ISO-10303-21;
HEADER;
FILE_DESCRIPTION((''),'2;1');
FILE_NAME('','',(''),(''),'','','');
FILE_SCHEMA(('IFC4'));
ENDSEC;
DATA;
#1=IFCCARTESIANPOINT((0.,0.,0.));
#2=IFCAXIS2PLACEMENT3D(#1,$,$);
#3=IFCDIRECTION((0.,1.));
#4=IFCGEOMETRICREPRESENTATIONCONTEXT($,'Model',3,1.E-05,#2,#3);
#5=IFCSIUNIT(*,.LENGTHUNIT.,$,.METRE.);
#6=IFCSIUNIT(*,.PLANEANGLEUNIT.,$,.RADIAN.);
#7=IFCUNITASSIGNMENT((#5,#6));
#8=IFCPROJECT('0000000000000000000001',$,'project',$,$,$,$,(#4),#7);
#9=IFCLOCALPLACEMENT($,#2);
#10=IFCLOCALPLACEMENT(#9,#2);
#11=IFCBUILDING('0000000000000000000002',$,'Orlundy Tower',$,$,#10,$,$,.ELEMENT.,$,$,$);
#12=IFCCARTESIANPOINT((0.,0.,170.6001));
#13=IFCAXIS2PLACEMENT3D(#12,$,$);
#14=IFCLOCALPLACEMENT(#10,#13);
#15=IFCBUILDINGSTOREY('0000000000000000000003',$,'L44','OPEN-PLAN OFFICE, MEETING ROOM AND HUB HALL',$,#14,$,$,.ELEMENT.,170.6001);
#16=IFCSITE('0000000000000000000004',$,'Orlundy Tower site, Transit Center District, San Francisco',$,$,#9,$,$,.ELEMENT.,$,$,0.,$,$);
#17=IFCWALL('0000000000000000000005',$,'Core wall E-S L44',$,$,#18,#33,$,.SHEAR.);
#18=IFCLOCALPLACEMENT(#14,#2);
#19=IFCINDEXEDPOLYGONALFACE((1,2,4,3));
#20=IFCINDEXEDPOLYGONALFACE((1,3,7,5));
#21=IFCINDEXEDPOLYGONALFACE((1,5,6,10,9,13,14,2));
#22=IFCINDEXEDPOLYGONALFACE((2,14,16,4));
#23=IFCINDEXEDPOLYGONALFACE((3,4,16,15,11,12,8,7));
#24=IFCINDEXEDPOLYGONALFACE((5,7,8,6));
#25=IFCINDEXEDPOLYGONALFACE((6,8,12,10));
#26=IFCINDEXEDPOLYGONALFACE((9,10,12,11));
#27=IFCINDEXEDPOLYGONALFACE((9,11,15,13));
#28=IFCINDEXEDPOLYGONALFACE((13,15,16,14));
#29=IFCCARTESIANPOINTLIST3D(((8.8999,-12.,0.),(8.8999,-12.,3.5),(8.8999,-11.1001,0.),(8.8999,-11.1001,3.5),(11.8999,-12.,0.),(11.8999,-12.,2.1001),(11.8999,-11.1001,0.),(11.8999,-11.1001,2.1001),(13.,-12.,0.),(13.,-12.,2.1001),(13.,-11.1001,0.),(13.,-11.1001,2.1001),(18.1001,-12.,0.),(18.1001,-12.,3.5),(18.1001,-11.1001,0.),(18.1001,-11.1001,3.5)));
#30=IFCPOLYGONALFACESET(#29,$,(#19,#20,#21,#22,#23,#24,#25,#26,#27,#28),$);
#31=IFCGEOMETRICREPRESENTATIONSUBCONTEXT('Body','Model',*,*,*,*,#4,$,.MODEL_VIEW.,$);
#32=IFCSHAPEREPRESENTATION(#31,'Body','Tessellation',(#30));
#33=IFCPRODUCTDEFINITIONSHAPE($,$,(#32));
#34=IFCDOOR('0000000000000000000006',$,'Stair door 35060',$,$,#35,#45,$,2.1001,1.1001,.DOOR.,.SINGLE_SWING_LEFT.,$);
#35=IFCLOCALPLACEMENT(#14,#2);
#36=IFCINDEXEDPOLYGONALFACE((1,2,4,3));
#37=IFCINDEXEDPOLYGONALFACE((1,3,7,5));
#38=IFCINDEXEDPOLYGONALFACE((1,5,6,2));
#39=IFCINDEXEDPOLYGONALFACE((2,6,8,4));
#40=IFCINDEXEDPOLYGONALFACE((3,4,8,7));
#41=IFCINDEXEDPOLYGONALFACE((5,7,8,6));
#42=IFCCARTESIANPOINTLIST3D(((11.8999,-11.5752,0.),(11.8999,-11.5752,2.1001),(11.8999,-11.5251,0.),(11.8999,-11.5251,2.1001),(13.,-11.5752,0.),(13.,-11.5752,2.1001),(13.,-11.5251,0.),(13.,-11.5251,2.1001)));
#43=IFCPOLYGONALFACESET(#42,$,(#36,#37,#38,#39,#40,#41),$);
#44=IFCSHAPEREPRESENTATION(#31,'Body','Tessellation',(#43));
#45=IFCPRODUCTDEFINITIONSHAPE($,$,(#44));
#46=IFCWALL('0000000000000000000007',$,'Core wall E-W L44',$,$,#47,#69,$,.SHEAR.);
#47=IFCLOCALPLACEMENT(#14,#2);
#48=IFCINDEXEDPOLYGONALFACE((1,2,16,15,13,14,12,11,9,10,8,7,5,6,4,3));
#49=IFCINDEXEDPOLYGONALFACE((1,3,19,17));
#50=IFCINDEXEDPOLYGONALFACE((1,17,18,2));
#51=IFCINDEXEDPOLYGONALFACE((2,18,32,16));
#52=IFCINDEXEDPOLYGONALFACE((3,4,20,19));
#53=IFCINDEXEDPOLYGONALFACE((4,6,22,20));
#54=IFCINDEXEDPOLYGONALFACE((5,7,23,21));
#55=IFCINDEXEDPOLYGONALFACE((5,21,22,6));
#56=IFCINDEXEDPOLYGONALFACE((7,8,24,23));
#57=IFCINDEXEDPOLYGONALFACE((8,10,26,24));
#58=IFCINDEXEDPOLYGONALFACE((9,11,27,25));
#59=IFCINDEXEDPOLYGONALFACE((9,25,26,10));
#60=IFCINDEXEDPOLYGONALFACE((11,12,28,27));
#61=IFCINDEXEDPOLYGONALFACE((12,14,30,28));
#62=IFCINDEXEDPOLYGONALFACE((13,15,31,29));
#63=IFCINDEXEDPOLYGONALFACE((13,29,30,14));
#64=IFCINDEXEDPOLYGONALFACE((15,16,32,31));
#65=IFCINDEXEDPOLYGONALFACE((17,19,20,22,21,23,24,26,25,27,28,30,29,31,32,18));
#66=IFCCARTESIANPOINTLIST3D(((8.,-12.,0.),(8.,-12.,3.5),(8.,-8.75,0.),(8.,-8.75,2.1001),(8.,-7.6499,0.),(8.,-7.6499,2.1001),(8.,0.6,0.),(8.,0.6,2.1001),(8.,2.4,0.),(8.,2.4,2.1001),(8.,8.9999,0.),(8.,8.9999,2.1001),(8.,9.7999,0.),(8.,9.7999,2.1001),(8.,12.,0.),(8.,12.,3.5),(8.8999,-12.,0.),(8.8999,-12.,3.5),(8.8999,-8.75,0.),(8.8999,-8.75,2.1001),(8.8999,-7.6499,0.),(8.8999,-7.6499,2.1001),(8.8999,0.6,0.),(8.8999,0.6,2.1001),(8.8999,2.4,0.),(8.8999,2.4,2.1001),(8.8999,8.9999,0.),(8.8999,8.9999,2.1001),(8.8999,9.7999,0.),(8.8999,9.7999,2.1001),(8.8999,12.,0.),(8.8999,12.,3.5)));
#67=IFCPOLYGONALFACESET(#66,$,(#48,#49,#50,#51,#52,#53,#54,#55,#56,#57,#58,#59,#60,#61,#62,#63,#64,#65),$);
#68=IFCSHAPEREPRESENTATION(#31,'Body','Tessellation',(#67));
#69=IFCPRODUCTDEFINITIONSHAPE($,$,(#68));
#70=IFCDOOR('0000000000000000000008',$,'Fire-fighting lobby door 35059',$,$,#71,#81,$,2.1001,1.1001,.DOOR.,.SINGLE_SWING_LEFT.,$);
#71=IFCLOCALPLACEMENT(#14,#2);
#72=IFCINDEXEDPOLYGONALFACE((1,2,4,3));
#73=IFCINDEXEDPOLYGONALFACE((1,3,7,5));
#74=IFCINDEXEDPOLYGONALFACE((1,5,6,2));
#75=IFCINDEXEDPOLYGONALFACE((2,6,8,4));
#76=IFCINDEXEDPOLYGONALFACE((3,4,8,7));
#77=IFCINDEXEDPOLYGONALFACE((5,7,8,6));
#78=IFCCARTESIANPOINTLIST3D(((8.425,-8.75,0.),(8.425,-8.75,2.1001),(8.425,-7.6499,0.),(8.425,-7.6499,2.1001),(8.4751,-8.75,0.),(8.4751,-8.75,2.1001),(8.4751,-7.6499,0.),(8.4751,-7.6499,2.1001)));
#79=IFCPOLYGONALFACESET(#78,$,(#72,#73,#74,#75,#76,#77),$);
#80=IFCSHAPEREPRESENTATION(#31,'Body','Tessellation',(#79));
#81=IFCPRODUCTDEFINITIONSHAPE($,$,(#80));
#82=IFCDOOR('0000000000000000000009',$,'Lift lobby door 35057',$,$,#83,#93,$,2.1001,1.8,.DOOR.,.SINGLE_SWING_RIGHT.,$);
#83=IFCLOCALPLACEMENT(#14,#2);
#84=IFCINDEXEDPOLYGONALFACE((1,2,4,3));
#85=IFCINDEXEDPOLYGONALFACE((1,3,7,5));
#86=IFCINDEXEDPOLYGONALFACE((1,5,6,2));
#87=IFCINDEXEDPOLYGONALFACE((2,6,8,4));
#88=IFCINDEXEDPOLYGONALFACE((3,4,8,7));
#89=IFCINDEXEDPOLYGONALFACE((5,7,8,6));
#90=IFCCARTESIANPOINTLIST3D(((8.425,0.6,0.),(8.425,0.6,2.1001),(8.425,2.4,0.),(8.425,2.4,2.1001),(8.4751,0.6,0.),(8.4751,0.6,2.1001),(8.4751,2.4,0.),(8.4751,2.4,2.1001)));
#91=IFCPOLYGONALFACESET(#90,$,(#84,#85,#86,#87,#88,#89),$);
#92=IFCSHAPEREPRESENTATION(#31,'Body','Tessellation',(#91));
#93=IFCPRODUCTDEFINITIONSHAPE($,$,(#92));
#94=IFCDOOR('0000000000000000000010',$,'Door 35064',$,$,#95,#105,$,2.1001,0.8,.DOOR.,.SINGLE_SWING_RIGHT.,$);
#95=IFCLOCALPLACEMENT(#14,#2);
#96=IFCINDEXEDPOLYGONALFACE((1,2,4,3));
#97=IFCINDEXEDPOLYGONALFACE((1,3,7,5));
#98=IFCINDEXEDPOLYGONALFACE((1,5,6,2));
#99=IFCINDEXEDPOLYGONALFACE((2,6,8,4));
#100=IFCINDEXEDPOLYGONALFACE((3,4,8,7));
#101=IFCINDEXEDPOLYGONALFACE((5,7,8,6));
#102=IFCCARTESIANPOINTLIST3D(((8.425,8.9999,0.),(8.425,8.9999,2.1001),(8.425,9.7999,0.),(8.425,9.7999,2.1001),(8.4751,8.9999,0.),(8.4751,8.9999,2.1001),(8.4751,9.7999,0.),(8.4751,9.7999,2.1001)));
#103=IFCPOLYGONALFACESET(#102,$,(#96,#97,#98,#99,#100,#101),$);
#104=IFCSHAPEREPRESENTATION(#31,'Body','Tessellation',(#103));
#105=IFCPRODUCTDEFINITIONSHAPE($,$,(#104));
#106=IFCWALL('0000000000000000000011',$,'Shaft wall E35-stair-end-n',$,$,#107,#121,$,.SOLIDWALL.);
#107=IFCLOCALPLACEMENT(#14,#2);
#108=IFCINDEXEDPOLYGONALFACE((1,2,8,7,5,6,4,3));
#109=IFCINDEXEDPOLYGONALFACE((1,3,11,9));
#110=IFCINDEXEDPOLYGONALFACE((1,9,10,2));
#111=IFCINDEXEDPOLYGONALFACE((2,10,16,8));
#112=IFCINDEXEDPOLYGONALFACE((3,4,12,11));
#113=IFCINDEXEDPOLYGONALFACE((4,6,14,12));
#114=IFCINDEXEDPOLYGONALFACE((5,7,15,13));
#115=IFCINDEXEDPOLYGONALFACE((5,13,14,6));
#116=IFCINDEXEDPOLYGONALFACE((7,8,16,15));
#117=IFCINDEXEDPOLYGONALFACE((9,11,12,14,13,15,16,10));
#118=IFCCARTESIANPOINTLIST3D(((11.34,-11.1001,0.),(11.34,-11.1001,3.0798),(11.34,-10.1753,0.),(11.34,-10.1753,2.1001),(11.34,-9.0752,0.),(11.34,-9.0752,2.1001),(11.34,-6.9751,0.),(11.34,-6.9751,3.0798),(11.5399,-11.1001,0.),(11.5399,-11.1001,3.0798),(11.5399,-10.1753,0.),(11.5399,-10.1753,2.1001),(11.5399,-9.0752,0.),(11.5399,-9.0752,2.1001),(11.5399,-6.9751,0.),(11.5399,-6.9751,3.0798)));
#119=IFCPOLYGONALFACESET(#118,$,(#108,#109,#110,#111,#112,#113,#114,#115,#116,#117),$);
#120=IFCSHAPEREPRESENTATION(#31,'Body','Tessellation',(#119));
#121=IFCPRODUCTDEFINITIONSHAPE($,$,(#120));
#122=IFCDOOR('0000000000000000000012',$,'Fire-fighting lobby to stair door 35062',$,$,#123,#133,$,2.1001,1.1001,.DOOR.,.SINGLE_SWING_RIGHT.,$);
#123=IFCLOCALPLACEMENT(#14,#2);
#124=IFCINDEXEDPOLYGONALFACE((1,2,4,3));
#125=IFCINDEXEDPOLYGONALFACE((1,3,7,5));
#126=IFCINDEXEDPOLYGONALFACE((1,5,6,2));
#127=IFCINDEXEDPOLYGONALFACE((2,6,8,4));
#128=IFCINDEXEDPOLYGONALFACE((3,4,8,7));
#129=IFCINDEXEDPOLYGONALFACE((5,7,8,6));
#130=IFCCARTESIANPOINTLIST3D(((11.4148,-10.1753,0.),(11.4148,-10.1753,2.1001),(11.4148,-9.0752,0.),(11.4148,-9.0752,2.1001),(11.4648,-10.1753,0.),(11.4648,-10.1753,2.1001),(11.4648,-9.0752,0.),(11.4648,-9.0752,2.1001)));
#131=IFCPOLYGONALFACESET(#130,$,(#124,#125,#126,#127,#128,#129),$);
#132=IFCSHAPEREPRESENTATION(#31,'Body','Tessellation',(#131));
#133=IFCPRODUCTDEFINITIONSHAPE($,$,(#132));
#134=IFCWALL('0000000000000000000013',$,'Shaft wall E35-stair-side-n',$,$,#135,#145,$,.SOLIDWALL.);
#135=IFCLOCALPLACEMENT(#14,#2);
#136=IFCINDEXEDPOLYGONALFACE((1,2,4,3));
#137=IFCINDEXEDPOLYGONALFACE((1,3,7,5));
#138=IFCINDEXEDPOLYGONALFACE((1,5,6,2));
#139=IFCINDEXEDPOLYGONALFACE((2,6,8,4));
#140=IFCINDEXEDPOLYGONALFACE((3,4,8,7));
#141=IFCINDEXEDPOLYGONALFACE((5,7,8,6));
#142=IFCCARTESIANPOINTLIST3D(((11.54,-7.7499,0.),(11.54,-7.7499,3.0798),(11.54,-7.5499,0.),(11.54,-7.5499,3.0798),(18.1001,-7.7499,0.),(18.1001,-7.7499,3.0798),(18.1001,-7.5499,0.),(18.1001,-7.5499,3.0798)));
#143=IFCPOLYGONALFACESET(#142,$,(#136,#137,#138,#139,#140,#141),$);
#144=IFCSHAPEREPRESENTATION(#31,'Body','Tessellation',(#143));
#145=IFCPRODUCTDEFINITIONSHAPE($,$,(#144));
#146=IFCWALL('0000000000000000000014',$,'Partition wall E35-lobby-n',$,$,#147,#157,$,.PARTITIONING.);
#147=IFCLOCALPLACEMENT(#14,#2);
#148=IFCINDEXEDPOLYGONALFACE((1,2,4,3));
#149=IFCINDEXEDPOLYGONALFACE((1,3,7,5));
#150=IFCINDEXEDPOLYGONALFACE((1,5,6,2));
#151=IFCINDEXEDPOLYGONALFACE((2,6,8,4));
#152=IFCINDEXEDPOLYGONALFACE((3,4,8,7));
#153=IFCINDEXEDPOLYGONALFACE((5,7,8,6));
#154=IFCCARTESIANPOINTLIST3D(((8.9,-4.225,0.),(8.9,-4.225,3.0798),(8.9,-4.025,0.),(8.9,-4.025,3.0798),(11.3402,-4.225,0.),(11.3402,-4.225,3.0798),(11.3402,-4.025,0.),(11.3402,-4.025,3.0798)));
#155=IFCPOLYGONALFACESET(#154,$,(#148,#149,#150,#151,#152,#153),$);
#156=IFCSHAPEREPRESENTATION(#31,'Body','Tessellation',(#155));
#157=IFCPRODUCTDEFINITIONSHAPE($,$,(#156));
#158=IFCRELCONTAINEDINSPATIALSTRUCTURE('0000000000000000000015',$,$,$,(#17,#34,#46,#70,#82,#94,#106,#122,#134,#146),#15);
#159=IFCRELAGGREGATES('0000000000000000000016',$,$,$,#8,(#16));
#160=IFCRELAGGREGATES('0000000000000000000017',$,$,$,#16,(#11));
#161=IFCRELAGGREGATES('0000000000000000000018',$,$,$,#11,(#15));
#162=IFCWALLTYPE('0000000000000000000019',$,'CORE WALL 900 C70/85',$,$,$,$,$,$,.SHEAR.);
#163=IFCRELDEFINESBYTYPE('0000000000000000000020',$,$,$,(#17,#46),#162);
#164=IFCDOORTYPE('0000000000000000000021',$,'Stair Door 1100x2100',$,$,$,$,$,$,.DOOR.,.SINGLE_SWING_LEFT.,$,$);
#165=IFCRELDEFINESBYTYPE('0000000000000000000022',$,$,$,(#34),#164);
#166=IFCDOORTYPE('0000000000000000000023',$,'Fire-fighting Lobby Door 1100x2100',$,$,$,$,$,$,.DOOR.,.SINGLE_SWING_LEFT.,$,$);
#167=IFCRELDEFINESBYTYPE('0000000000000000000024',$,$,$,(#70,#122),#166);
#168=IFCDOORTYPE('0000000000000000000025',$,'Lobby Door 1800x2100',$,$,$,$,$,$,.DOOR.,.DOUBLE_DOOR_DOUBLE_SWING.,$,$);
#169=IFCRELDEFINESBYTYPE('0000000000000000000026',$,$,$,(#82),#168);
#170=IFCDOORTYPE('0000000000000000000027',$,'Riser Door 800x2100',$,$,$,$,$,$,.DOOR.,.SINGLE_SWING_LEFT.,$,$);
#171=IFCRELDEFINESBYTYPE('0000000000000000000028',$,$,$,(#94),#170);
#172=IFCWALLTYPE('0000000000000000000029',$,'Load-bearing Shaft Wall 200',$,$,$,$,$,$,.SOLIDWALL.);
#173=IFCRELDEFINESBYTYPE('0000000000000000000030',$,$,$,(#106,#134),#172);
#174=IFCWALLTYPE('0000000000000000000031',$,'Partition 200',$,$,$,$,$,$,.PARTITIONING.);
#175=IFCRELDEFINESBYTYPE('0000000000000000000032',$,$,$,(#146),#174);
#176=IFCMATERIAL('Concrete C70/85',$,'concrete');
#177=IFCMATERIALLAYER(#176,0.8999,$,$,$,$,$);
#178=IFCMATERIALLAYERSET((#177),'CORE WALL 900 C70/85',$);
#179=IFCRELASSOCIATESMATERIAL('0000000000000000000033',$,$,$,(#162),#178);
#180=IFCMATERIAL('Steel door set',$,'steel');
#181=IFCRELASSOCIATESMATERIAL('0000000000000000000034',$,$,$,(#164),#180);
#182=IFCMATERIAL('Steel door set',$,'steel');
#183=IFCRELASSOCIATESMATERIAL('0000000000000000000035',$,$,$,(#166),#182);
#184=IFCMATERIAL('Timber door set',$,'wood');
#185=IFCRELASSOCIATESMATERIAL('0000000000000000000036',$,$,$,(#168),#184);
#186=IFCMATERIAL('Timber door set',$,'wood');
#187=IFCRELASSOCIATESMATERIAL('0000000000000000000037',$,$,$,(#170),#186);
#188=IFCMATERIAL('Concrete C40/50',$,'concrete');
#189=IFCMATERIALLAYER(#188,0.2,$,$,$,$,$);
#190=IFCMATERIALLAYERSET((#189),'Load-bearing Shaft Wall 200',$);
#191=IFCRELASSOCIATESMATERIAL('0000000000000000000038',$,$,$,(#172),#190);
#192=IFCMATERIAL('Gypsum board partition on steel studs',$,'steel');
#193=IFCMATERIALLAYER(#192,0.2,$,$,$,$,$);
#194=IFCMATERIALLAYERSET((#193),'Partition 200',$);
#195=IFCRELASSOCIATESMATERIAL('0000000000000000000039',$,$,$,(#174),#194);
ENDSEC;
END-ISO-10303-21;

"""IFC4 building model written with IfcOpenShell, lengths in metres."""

from ifc_helpers import new_model, si_unit, direction, frame, frame_2d, origin, place, context, subcontext, project, spatial, rectangle, extrude, material, layer, layer_set, type_object, element, fill, save


model = new_model("IFC4")

# Units and contexts
model_context = context("Model", 3, precision=1e-05, world=origin(), true_north=direction((0.0, 1.0)))
body_context = subcontext(model_context, "Body", "Model", "MODEL_VIEW")
ifc_project = project(units=[si_unit("LENGTHUNIT", "METRE"), si_unit("PLANEANGLEUNIT", "RADIAN")], contexts=[model_context])

# Site, building, storey
site_placement = place(None, origin())
site = spatial("IfcSite", under=ifc_project, at=site_placement, Name="Orlundy Tower site, Transit Center District, San Francisco", CompositionType="ELEMENT", RefElevation=0.0)
building_placement = place(site_placement, origin())
building = spatial("IfcBuilding", under=site, at=building_placement, Name="Orlundy Tower", CompositionType="ELEMENT")
storey_placement = place(building_placement, frame((0.0, 0.0, 170.6001)))
storey = spatial("IfcBuildingStorey", under=building, at=storey_placement, Name="L44", Description="OPEN-PLAN OFFICE, MEETING ROOM AND HUB HALL", CompositionType="ELEMENT", Elevation=170.6001)

# Wall, opening, door
ifc_material_1 = material(Name="Concrete C70/85", Category="concrete")
ifc_layer_1 = layer(ifc_material_1, 0.8999)
ifc_layer_set_1 = layer_set([ifc_layer_1], Name="CORE WALL 900 C70/85")
wall_type_1 = type_object("IfcWallType", Name="CORE WALL 900 C70/85", PredefinedType="SHEAR", material=ifc_layer_set_1)
wall_1_placement = place(storey_placement, frame((8.8999, -11.55, 0.0), z_axis=(0.0, 0.0, 1.0), x_axis=(1.0, 0.0, 0.0)))
wall_1 = element("IfcWall", 1, at=wall_1_placement, inside=storey, type_object=wall_type_1, Name="Core wall E-S L44", PredefinedType="SHEAR", context=body_context, shape_type="SweptSolid", body=[
    extrude(rectangle(XDim=9.2002, YDim=0.8999, at=frame_2d((4.6001, 0.0))), origin(), (0.0, 0.0, 1.0), 3.5),
])
opening_1_placement = place(wall_1_placement, frame((3.0, 0.0, 0.0)))
opening_1 = element("IfcOpeningElement", 2, at=opening_1_placement, cuts=wall_1, PredefinedType="OPENING", context=body_context, shape_type="SweptSolid", body=[
    extrude(rectangle(XDim=1.1001, YDim=2.1001, at=frame_2d((0.55, 1.05))), frame((0.0, 0.46, 0.0), z_axis=(0.0, -1.0, 0.0), x_axis=(1.0, 0.0, 0.0)), (0.0, 0.0, 1.0), 0.9199),
])
ifc_material_2 = material(Name="Steel door set", Category="steel")
door_type_1 = type_object("IfcDoorType", Name="Stair Door 1100x2100", OperationType="SINGLE_SWING_LEFT", PredefinedType="DOOR", material=ifc_material_2)
door_1_placement = place(opening_1_placement, origin())
door_1 = element("IfcDoor", 3, at=door_1_placement, inside=storey, type_object=door_type_1, Name="Stair door 35060", OperationType="SINGLE_SWING_LEFT", OverallHeight=2.1001, OverallWidth=1.1001, PredefinedType="DOOR", context=body_context, shape_type="SweptSolid", body=[
    extrude(rectangle(XDim=1.1001, YDim=2.1001, at=frame_2d((0.55, 1.05))), frame((0.0, 0.0249, 0.0), z_axis=(0.0, -1.0, 0.0), x_axis=(1.0, 0.0, 0.0)), (0.0, 0.0, 1.0), 0.05),
])
fill(opening_1, door_1)

# Wall, openings, doors
wall_2_placement = place(storey_placement, frame((8.45, -12.0, 0.0), z_axis=(0.0, 0.0, 1.0), x_axis=(0.0, 1.0, 0.0)))
wall_2 = element("IfcWall", 4, at=wall_2_placement, inside=storey, type_object=wall_type_1, Name="Core wall E-W L44", PredefinedType="SHEAR", context=body_context, shape_type="SweptSolid", body=[
    extrude(rectangle(XDim=24.0, YDim=0.8999, at=frame_2d((12.0, 0.0))), origin(), (0.0, 0.0, 1.0), 3.5),
])
opening_2_placement = place(wall_2_placement, frame((12.6001, 0.0, 0.0)))
opening_2 = element("IfcOpeningElement", 5, at=opening_2_placement, cuts=wall_2, PredefinedType="OPENING", context=body_context, shape_type="SweptSolid", body=[
    extrude(rectangle(XDim=1.8, YDim=2.1001, at=frame_2d((0.8999, 1.05))), frame((0.0, 0.46, 0.0), z_axis=(0.0, -1.0, 0.0), x_axis=(1.0, 0.0, 0.0)), (0.0, 0.0, 1.0), 0.9199),
])
opening_3_placement = place(wall_2_placement, frame((3.25, 0.0, 0.0)))
opening_3 = element("IfcOpeningElement", 6, at=opening_3_placement, cuts=wall_2, PredefinedType="OPENING", context=body_context, shape_type="SweptSolid", body=[
    extrude(rectangle(XDim=1.1001, YDim=2.1001, at=frame_2d((0.55, 1.05))), frame((0.0, 0.46, 0.0), z_axis=(0.0, -1.0, 0.0), x_axis=(1.0, 0.0, 0.0)), (0.0, 0.0, 1.0), 0.9199),
])
opening_4_placement = place(wall_2_placement, frame((21.0, 0.0, 0.0)))
opening_4 = element("IfcOpeningElement", 7, at=opening_4_placement, cuts=wall_2, PredefinedType="OPENING", context=body_context, shape_type="SweptSolid", body=[
    extrude(rectangle(XDim=0.8, YDim=2.1001, at=frame_2d((0.3999, 1.05))), frame((0.0, 0.46, 0.0), z_axis=(0.0, -1.0, 0.0), x_axis=(1.0, 0.0, 0.0)), (0.0, 0.0, 1.0), 0.9199),
])
ifc_material_3 = material(Name="Steel door set", Category="steel")
door_type_2 = type_object("IfcDoorType", Name="Fire-fighting Lobby Door 1100x2100", OperationType="SINGLE_SWING_LEFT", PredefinedType="DOOR", material=ifc_material_3)
door_2_placement = place(opening_3_placement, origin())
door_2 = element("IfcDoor", 8, at=door_2_placement, inside=storey, type_object=door_type_2, Name="Fire-fighting lobby door 35059", OperationType="SINGLE_SWING_LEFT", OverallHeight=2.1001, OverallWidth=1.1001, PredefinedType="DOOR", context=body_context, shape_type="SweptSolid", body=[
    extrude(rectangle(XDim=1.1001, YDim=2.1001, at=frame_2d((0.55, 1.05))), frame((0.0, 0.0249, 0.0), z_axis=(0.0, -1.0, 0.0), x_axis=(1.0, 0.0, 0.0)), (0.0, 0.0, 1.0), 0.05),
])
fill(opening_3, door_2)
ifc_material_4 = material(Name="Timber door set", Category="wood")
door_type_3 = type_object("IfcDoorType", Name="Lobby Door 1800x2100", OperationType="DOUBLE_DOOR_DOUBLE_SWING", PredefinedType="DOOR", material=ifc_material_4)
door_3_placement = place(opening_2_placement, origin())
door_3 = element("IfcDoor", 9, at=door_3_placement, inside=storey, type_object=door_type_3, Name="Lift lobby door 35057", OperationType="SINGLE_SWING_RIGHT", OverallHeight=2.1001, OverallWidth=1.8, PredefinedType="DOOR", context=body_context, shape_type="SweptSolid", body=[
    extrude(rectangle(XDim=1.8, YDim=2.1001, at=frame_2d((0.8999, 1.05))), frame((0.0, 0.0249, 0.0), z_axis=(0.0, -1.0, 0.0), x_axis=(1.0, 0.0, 0.0)), (0.0, 0.0, 1.0), 0.05),
])
fill(opening_2, door_3)
ifc_material_5 = material(Name="Timber door set", Category="wood")
door_type_4 = type_object("IfcDoorType", Name="Riser Door 800x2100", OperationType="SINGLE_SWING_LEFT", PredefinedType="DOOR", material=ifc_material_5)
door_4_placement = place(opening_4_placement, origin())
door_4 = element("IfcDoor", 10, at=door_4_placement, inside=storey, type_object=door_type_4, Name="Door 35064", OperationType="SINGLE_SWING_RIGHT", OverallHeight=2.1001, OverallWidth=0.8, PredefinedType="DOOR", context=body_context, shape_type="SweptSolid", body=[
    extrude(rectangle(XDim=0.8, YDim=2.1001, at=frame_2d((0.3999, 1.05))), frame((0.0, 0.0249, 0.0), z_axis=(0.0, -1.0, 0.0), x_axis=(1.0, 0.0, 0.0)), (0.0, 0.0, 1.0), 0.05),
])
fill(opening_4, door_4)

# Wall, opening, door
ifc_material_6 = material(Name="Concrete C40/50", Category="concrete")
ifc_layer_2 = layer(ifc_material_6, 0.2)
ifc_layer_set_2 = layer_set([ifc_layer_2], Name="Load-bearing Shaft Wall 200")
wall_type_2 = type_object("IfcWallType", Name="Load-bearing Shaft Wall 200", PredefinedType="SOLIDWALL", material=ifc_layer_set_2)
wall_3_placement = place(storey_placement, frame((11.4399, -6.9751, 0.0), z_axis=(0.0, 0.0, 1.0), x_axis=(0.0, -1.0, 0.0)))
wall_3 = element("IfcWall", 11, at=wall_3_placement, inside=storey, type_object=wall_type_2, Name="Shaft wall E35-stair-end-n", PredefinedType="SOLIDWALL", context=body_context, shape_type="SweptSolid", body=[
    extrude(rectangle(XDim=4.125, YDim=0.2, at=frame_2d((2.0625, 0.0))), origin(), (0.0, 0.0, 1.0), 3.0798),
])
opening_5_placement = place(wall_3_placement, frame((2.1001, 0.0, 0.0)))
opening_5 = element("IfcOpeningElement", 12, at=opening_5_placement, cuts=wall_3, PredefinedType="OPENING", context=body_context, shape_type="SweptSolid", body=[
    extrude(rectangle(XDim=1.1001, YDim=2.1001, at=frame_2d((0.55, 1.05))), frame((0.0, 0.1101, 0.0), z_axis=(0.0, -1.0, 0.0), x_axis=(1.0, 0.0, 0.0)), (0.0, 0.0, 1.0), 0.2202),
])
door_5_placement = place(opening_5_placement, origin())
door_5 = element("IfcDoor", 13, at=door_5_placement, inside=storey, type_object=door_type_2, Name="Fire-fighting lobby to stair door 35062", OperationType="SINGLE_SWING_RIGHT", OverallHeight=2.1001, OverallWidth=1.1001, PredefinedType="DOOR", context=body_context, shape_type="SweptSolid", body=[
    extrude(rectangle(XDim=1.1001, YDim=2.1001, at=frame_2d((0.55, 1.05))), frame((0.0, 0.0249, 0.0), z_axis=(0.0, -1.0, 0.0), x_axis=(1.0, 0.0, 0.0)), (0.0, 0.0, 1.0), 0.05),
])
fill(opening_5, door_5)

# Walls
wall_4_placement = place(storey_placement, frame((11.54, -7.6499, 0.0), z_axis=(0.0, 0.0, 1.0), x_axis=(1.0, 0.0, 0.0)))
element("IfcWall", 14, at=wall_4_placement, inside=storey, type_object=wall_type_2, Name="Shaft wall E35-stair-side-n", PredefinedType="SOLIDWALL", context=body_context, shape_type="SweptSolid", body=[
    extrude(rectangle(XDim=6.5601, YDim=0.2, at=frame_2d((3.28, 0.0))), origin(), (0.0, 0.0, 1.0), 3.0798),
])
ifc_material_7 = material(Name="Gypsum board partition on steel studs", Category="steel")
ifc_layer_3 = layer(ifc_material_7, 0.2)
ifc_layer_set_3 = layer_set([ifc_layer_3], Name="Partition 200")
wall_type_3 = type_object("IfcWallType", Name="Partition 200", PredefinedType="PARTITIONING", material=ifc_layer_set_3)
wall_5_placement = place(storey_placement, frame((8.8999, -4.125, 0.0), z_axis=(0.0, 0.0, 1.0), x_axis=(1.0, 0.0, 0.0)))
element("IfcWall", 15, at=wall_5_placement, inside=storey, type_object=wall_type_3, Name="Partition wall E35-lobby-n", PredefinedType="PARTITIONING", context=body_context, shape_type="SweptSolid", body=[
    extrude(rectangle(XDim=2.4402, YDim=0.2, at=frame_2d((1.2202, 0.0))), origin(), (0.0, 0.0, 1.0), 3.0798),
])

save(model, "model.ifc")
